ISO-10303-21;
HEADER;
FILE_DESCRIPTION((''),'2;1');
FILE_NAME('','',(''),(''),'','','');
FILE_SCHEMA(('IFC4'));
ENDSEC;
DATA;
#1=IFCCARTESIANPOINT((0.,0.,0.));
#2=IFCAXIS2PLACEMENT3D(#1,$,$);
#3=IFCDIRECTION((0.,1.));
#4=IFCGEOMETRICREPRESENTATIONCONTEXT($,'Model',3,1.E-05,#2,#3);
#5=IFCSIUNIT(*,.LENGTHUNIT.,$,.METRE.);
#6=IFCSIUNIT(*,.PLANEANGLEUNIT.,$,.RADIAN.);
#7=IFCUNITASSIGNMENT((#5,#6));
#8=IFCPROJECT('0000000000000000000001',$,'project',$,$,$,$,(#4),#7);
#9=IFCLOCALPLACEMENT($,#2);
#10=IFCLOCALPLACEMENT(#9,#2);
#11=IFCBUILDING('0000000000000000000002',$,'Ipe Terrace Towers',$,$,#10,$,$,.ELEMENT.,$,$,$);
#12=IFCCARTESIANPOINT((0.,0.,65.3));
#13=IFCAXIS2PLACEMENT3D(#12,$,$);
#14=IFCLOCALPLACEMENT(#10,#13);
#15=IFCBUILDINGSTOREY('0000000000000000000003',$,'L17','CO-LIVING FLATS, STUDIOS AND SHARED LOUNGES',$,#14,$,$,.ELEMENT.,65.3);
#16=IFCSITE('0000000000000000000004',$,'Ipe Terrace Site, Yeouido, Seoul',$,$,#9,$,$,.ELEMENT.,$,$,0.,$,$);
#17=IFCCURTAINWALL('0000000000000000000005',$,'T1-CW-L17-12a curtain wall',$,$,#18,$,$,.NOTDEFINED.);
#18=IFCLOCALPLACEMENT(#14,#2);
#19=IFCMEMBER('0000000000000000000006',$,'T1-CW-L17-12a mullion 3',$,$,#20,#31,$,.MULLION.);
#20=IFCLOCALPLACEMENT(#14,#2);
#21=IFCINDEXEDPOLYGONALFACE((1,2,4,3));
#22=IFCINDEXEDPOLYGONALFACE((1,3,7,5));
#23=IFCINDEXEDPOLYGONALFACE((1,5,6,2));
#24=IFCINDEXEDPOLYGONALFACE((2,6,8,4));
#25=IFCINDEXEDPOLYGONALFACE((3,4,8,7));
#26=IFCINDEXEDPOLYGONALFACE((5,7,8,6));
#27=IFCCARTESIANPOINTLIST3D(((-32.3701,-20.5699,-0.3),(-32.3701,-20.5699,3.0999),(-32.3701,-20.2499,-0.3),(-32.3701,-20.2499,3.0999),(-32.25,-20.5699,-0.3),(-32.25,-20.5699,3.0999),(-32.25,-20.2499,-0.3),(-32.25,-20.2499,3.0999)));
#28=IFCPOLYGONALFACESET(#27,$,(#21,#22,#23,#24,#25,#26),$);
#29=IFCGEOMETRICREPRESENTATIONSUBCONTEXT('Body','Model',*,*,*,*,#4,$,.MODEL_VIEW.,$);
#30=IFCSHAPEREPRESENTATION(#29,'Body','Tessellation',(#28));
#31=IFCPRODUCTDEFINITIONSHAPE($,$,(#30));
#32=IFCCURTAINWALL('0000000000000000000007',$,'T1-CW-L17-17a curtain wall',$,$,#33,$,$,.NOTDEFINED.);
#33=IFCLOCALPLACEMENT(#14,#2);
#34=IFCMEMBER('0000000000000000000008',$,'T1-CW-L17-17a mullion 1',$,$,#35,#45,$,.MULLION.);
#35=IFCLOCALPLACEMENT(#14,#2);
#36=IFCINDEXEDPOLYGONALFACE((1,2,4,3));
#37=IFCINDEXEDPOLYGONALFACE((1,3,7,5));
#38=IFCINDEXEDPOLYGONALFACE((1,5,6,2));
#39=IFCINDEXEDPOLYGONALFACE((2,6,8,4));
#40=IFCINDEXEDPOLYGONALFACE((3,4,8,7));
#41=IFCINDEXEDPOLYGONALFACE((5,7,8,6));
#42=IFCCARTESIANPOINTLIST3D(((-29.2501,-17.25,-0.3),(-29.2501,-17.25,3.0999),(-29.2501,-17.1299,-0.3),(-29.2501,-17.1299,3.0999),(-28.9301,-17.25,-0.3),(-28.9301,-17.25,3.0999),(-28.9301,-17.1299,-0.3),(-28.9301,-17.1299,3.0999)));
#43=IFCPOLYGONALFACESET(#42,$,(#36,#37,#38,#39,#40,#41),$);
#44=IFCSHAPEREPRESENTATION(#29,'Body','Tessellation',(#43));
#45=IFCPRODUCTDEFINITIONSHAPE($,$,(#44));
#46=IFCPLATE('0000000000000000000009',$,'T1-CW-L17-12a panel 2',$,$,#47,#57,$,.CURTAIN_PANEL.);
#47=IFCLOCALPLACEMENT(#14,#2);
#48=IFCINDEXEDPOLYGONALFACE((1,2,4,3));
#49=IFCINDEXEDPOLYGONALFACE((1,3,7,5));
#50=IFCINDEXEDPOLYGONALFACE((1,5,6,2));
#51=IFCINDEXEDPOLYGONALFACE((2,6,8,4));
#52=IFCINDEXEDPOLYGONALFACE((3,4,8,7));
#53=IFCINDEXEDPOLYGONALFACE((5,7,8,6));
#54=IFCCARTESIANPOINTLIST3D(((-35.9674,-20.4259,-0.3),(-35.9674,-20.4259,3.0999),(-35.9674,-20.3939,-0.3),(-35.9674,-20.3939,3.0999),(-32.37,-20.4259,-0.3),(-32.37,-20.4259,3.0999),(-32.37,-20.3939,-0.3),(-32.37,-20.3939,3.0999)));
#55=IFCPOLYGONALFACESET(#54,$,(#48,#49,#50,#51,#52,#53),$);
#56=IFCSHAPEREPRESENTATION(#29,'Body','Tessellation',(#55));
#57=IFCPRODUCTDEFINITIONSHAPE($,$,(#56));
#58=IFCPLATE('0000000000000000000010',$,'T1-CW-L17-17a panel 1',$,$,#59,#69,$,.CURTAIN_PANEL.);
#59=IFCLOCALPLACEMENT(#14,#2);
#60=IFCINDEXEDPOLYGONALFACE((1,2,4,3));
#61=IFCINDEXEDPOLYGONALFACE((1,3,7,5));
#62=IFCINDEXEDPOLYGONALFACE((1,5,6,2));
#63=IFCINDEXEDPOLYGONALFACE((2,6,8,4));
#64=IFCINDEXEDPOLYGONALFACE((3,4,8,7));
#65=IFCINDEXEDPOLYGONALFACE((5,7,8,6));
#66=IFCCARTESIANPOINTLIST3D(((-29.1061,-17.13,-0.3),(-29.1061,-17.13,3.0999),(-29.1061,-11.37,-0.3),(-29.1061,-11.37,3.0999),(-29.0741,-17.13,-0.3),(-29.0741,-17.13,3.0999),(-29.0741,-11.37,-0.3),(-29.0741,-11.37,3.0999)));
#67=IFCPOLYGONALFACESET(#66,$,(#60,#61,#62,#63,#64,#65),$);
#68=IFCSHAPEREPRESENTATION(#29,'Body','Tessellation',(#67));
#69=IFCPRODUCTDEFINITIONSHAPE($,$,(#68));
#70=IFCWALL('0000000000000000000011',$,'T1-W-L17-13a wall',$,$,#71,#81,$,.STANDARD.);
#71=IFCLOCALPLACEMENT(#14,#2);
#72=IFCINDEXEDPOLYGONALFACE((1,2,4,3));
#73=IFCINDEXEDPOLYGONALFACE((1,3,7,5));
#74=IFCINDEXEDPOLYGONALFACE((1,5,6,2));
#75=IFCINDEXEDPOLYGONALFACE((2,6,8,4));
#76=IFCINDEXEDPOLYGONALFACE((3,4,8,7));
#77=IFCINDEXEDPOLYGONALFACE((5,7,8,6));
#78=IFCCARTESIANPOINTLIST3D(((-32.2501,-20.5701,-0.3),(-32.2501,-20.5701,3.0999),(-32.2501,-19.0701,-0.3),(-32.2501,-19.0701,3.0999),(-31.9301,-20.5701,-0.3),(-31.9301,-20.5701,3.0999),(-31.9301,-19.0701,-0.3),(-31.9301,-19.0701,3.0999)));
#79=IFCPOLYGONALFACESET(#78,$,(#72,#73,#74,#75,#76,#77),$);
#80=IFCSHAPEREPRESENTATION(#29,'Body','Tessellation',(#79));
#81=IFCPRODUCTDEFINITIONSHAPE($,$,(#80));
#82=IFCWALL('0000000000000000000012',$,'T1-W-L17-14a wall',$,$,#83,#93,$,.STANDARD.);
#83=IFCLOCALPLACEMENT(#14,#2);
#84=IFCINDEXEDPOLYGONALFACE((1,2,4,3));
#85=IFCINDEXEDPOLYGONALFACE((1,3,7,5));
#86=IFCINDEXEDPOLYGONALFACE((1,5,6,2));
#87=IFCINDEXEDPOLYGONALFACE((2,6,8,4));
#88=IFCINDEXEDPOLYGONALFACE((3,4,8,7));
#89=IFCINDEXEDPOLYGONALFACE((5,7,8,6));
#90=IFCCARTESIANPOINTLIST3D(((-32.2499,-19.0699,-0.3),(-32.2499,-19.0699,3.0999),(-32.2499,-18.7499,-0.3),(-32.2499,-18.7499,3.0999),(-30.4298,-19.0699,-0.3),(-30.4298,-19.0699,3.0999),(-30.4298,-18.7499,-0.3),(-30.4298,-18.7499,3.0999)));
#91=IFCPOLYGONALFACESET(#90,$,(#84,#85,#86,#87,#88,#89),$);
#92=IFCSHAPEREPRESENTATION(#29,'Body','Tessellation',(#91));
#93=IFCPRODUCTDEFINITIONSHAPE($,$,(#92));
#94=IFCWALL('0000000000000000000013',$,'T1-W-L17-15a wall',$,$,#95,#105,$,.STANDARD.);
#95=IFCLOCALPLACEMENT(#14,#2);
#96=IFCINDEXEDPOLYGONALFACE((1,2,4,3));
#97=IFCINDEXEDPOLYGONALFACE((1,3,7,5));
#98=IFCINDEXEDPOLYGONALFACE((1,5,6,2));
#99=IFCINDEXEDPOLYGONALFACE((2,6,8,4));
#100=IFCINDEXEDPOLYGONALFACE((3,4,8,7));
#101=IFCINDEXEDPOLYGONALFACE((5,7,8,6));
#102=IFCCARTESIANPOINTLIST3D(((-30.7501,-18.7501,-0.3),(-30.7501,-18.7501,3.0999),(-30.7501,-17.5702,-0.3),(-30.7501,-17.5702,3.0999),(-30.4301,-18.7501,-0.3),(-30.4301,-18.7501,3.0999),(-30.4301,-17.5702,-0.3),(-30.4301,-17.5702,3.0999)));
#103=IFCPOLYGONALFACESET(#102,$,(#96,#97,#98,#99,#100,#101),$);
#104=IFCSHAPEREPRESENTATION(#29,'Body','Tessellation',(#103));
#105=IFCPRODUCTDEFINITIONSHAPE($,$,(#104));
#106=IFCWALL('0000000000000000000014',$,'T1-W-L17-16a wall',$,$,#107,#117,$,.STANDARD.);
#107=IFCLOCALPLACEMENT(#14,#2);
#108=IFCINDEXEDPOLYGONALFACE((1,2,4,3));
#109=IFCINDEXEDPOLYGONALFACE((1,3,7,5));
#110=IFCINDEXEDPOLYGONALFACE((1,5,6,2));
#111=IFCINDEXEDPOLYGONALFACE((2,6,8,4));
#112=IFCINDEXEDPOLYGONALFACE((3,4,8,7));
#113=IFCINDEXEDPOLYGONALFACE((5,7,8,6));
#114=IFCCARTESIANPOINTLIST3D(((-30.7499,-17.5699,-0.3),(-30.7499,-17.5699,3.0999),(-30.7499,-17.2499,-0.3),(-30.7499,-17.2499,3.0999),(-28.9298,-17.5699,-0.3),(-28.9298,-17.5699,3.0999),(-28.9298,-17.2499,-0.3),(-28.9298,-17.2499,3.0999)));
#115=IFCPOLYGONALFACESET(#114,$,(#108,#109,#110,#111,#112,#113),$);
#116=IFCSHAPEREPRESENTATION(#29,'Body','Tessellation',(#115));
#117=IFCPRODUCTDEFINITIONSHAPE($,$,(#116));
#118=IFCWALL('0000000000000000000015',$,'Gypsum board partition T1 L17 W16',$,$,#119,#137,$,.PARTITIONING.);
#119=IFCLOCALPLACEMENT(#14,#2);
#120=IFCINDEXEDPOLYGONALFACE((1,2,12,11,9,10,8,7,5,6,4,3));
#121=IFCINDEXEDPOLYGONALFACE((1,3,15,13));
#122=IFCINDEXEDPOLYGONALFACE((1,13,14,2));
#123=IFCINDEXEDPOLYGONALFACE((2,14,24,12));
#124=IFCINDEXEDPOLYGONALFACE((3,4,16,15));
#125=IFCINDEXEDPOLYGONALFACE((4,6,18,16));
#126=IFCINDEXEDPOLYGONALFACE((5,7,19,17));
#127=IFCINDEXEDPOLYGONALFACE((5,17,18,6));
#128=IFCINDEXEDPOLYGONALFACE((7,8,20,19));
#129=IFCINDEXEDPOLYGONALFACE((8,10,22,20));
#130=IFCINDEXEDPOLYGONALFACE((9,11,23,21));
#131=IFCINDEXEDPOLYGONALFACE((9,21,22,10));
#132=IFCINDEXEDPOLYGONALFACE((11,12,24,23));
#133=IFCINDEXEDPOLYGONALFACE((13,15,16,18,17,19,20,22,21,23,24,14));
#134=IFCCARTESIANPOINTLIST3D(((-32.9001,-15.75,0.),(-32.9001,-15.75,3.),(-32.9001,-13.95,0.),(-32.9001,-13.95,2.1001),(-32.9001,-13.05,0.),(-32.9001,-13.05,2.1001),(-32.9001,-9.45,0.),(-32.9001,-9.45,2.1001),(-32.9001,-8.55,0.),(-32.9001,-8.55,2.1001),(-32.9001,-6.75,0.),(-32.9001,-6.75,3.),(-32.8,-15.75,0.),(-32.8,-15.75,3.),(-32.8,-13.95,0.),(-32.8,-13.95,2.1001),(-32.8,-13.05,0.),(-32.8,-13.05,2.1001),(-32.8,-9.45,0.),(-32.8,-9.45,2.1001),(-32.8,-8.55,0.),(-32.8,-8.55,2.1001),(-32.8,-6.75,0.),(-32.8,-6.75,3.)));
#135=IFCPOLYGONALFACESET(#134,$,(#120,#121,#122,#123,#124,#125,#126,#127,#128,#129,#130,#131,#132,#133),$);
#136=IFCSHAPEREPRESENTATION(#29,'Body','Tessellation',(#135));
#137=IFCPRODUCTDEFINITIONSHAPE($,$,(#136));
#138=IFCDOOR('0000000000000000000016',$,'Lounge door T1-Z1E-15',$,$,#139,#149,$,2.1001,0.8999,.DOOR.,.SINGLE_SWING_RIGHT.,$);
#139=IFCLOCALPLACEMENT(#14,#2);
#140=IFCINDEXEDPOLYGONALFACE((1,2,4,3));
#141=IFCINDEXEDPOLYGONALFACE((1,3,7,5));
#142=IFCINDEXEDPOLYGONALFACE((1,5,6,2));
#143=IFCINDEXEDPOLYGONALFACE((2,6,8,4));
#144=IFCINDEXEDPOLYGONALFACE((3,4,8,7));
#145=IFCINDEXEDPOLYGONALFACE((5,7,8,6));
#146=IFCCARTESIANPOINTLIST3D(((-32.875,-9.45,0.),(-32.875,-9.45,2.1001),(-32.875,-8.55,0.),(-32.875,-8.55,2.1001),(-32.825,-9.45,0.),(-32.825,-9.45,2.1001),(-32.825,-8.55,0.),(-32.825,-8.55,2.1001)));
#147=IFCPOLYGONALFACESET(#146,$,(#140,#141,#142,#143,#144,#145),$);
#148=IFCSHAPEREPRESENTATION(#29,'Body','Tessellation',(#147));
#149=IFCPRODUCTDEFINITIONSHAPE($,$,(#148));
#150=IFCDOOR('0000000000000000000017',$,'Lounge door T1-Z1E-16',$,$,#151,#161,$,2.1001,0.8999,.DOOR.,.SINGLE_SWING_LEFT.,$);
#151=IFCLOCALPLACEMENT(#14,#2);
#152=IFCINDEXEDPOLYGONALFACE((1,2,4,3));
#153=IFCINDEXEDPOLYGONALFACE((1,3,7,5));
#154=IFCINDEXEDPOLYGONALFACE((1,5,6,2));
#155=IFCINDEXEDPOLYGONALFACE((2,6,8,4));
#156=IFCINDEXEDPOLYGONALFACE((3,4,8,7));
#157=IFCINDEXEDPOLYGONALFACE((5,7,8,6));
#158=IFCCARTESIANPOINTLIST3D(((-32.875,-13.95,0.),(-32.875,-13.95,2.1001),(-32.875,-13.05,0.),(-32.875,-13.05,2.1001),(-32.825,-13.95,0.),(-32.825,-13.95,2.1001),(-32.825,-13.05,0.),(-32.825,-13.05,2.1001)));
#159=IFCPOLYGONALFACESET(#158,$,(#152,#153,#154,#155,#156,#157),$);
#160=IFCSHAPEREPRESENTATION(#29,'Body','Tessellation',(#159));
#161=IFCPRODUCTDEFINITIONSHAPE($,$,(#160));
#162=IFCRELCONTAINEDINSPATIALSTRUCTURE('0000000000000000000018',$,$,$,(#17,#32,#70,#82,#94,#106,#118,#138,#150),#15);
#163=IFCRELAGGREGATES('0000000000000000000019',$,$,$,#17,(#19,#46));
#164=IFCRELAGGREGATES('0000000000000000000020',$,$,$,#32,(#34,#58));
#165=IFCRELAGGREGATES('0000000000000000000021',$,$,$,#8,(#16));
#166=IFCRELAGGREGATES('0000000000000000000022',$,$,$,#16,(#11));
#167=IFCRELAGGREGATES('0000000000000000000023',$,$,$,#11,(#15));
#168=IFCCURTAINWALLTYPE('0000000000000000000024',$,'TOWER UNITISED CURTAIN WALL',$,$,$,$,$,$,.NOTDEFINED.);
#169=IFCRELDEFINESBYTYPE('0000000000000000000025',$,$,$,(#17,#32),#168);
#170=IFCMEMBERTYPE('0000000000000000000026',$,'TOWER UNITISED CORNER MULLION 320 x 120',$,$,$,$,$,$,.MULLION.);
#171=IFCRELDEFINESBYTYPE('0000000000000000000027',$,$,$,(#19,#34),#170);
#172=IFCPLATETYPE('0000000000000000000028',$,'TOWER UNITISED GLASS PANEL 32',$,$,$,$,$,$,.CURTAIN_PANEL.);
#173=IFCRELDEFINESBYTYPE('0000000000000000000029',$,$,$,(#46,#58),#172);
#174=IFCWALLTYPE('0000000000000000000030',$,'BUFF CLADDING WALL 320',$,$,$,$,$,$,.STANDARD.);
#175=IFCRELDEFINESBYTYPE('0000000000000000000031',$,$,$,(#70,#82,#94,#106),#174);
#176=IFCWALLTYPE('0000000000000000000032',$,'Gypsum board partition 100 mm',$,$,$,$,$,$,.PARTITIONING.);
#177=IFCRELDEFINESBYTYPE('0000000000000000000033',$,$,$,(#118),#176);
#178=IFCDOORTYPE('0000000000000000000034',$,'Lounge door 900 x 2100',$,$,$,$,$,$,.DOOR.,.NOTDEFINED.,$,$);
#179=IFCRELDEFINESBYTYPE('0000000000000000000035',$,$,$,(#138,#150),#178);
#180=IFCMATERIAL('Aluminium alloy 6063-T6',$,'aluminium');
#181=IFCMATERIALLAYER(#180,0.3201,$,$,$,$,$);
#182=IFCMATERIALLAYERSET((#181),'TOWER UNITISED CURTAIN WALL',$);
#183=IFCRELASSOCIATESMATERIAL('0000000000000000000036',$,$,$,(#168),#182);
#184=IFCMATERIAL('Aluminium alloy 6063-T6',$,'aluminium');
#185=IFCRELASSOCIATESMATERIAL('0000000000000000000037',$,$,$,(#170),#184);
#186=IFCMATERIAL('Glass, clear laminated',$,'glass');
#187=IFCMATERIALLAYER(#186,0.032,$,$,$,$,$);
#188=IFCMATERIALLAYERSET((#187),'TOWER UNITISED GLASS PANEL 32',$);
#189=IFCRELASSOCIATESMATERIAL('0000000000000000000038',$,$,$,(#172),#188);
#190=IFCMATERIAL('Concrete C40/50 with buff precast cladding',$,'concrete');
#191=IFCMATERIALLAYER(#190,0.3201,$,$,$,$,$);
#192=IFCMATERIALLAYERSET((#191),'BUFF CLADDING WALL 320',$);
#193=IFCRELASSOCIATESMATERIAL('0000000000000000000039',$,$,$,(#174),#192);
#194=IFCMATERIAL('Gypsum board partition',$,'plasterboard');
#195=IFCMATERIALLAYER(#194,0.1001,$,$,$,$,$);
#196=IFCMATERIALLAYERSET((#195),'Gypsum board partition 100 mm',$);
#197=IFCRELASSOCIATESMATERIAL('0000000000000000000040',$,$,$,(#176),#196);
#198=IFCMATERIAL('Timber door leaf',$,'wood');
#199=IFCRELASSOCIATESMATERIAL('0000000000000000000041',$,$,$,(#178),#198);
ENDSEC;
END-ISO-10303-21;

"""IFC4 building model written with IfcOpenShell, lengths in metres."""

from ifc_helpers import new_model, si_unit, direction, frame, frame_2d, origin, origin_2d, place, context, subcontext, project, spatial, rectangle, extrude, material, layer, layer_set, material_profile, profile_set, type_object, element, fill, aggregate, save


model = new_model("IFC4")

# Units and contexts
model_context = context("Model", 3, precision=1e-05, world=origin(), true_north=direction((0.0, 1.0)))
body_context = subcontext(model_context, "Body", "Model", "MODEL_VIEW")
ifc_project = project(units=[si_unit("LENGTHUNIT", "METRE"), si_unit("PLANEANGLEUNIT", "RADIAN")], contexts=[model_context])

# Site, building, storey
site_placement = place(None, origin())
site = spatial("IfcSite", under=ifc_project, at=site_placement, Name="Ipe Terrace Site, Yeouido, Seoul", CompositionType="ELEMENT", RefElevation=0.0)
building_placement = place(site_placement, origin())
building = spatial("IfcBuilding", under=site, at=building_placement, Name="Ipe Terrace Towers", CompositionType="ELEMENT")
storey_placement = place(building_placement, frame((0.0, 0.0, 65.3)))
storey = spatial("IfcBuildingStorey", under=building, at=storey_placement, Name="L17", Description="CO-LIVING FLATS, STUDIOS AND SHARED LOUNGES", CompositionType="ELEMENT", Elevation=65.3)

# Curtain walls, members
ifc_material_1 = material(Name="Aluminium alloy 6063-T6", Category="aluminium")
ifc_layer_1 = layer(ifc_material_1, 0.3201)
ifc_layer_set_1 = layer_set([ifc_layer_1], Name="TOWER UNITISED CURTAIN WALL")
curtain_wall_type = type_object("IfcCurtainWallType", Name="TOWER UNITISED CURTAIN WALL", PredefinedType="NOTDEFINED", material=ifc_layer_set_1)
curtain_wall_1_placement = place(storey_placement, origin())
curtain_wall_1 = element("IfcCurtainWall", 1, at=curtain_wall_1_placement, inside=storey, type_object=curtain_wall_type, Name="T1-CW-L17-12a curtain wall", PredefinedType="NOTDEFINED")
ifc_material_2 = material(Name="Aluminium alloy 6063-T6", Category="aluminium")
ifc_material_profile_1 = material_profile(ifc_material_2, rectangle(XDim=0.3201, YDim=0.1201, at=origin_2d()), Name="TOWER UNITISED CORNER MULLION 320 x 120")
ifc_profile_set_1 = profile_set([ifc_material_profile_1], Name="Aluminium alloy 6063-T6")
member_type = type_object("IfcMemberType", Name="TOWER UNITISED CORNER MULLION 320 x 120", PredefinedType="MULLION", material=ifc_profile_set_1)
member_1_placement = place(storey_placement, frame((-32.3101, -20.4099, -0.3), z_axis=(0.0, 0.0, 1.0), x_axis=(0.0, -1.0, 0.0)))
member_1 = element("IfcMember", 2, at=member_1_placement, type_object=member_type, Name="T1-CW-L17-12a mullion 3", PredefinedType="MULLION", context=body_context, shape_type="SweptSolid", body=[
    extrude(rectangle(XDim=0.3201, YDim=0.1201, at=origin_2d()), origin(), (0.0, 0.0, 1.0), 3.3999),
])
curtain_wall_2_placement = place(storey_placement, origin())
curtain_wall_2 = element("IfcCurtainWall", 3, at=curtain_wall_2_placement, inside=storey, type_object=curtain_wall_type, Name="T1-CW-L17-17a curtain wall", PredefinedType="NOTDEFINED")
member_2_placement = place(storey_placement, frame((-29.0901, -17.1899, -0.3), z_axis=(0.0, 0.0, 1.0), x_axis=(1.0, 0.0, 0.0)))
member_2 = element("IfcMember", 4, at=member_2_placement, type_object=member_type, Name="T1-CW-L17-17a mullion 1", PredefinedType="MULLION", context=body_context, shape_type="SweptSolid", body=[
    extrude(rectangle(XDim=0.3201, YDim=0.1201, at=origin_2d()), origin(), (0.0, 0.0, 1.0), 3.3999),
])

# Plates
ifc_material_3 = material(Name="Glass, clear laminated", Category="glass")
ifc_layer_2 = layer(ifc_material_3, 0.032)
ifc_layer_set_2 = layer_set([ifc_layer_2], Name="TOWER UNITISED GLASS PANEL 32")
plate_type = type_object("IfcPlateType", Name="TOWER UNITISED GLASS PANEL 32", PredefinedType="CURTAIN_PANEL", material=ifc_layer_set_2)
plate_1_placement = place(storey_placement, frame((-34.1687, -20.4099, -0.3), z_axis=(0.0, 0.0, 1.0), x_axis=(1.0, 0.0, 0.0)))
plate_1 = element("IfcPlate", 5, at=plate_1_placement, type_object=plate_type, Name="T1-CW-L17-12a panel 2", PredefinedType="CURTAIN_PANEL", context=body_context, shape_type="SweptSolid", body=[
    extrude(rectangle(XDim=3.5974, YDim=0.032, at=origin_2d()), origin(), (0.0, 0.0, 1.0), 3.3999),
])
aggregate(curtain_wall_1, [member_1, plate_1])
plate_2_placement = place(storey_placement, frame((-29.0901, -14.25, -0.3), z_axis=(0.0, 0.0, 1.0), x_axis=(0.0, 1.0, 0.0)))
plate_2 = element("IfcPlate", 6, at=plate_2_placement, type_object=plate_type, Name="T1-CW-L17-17a panel 1", PredefinedType="CURTAIN_PANEL", context=body_context, shape_type="SweptSolid", body=[
    extrude(rectangle(XDim=5.76, YDim=0.032, at=origin_2d()), origin(), (0.0, 0.0, 1.0), 3.3999),
])
aggregate(curtain_wall_2, [member_2, plate_2])

# Walls
ifc_material_4 = material(Name="Concrete C40/50 with buff precast cladding", Category="concrete")
ifc_layer_3 = layer(ifc_material_4, 0.3201)
ifc_layer_set_3 = layer_set([ifc_layer_3], Name="BUFF CLADDING WALL 320")
wall_type_1 = type_object("IfcWallType", Name="BUFF CLADDING WALL 320", PredefinedType="STANDARD", material=ifc_layer_set_3)
wall_1_placement = place(storey_placement, frame((-32.0901, -20.5701, -0.3), z_axis=(0.0, 0.0, 1.0), x_axis=(0.0, 1.0, 0.0)))
element("IfcWall", 7, at=wall_1_placement, inside=storey, type_object=wall_type_1, Name="T1-W-L17-13a wall", PredefinedType="STANDARD", context=body_context, shape_type="SweptSolid", body=[
    extrude(rectangle(XDim=1.5, YDim=0.3201, at=frame_2d((0.75, 0.0))), origin(), (0.0, 0.0, 1.0), 3.3999),
])
wall_2_placement = place(storey_placement, frame((-32.25, -18.9099, -0.3), z_axis=(0.0, 0.0, 1.0), x_axis=(1.0, 0.0, 0.0)))
element("IfcWall", 8, at=wall_2_placement, inside=storey, type_object=wall_type_1, Name="T1-W-L17-14a wall", PredefinedType="STANDARD", context=body_context, shape_type="SweptSolid", body=[
    extrude(rectangle(XDim=1.8201, YDim=0.3201, at=frame_2d((0.9102, 0.0))), origin(), (0.0, 0.0, 1.0), 3.3999),
])
wall_3_placement = place(storey_placement, frame((-30.5901, -18.75, -0.3), z_axis=(0.0, 0.0, 1.0), x_axis=(0.0, 1.0, 0.0)))
element("IfcWall", 9, at=wall_3_placement, inside=storey, type_object=wall_type_1, Name="T1-W-L17-15a wall", PredefinedType="STANDARD", context=body_context, shape_type="SweptSolid", body=[
    extrude(rectangle(XDim=1.1799, YDim=0.3201, at=frame_2d((0.5898, 0.0))), origin(), (0.0, 0.0, 1.0), 3.3999),
])
wall_4_placement = place(storey_placement, frame((-30.75, -17.4099, -0.3), z_axis=(0.0, 0.0, 1.0), x_axis=(1.0, 0.0, 0.0)))
element("IfcWall", 10, at=wall_4_placement, inside=storey, type_object=wall_type_1, Name="T1-W-L17-16a wall", PredefinedType="STANDARD", context=body_context, shape_type="SweptSolid", body=[
    extrude(rectangle(XDim=1.8201, YDim=0.3201, at=frame_2d((0.9102, 0.0))), origin(), (0.0, 0.0, 1.0), 3.3999),
])

# Wall, openings, doors
ifc_material_5 = material(Name="Gypsum board partition", Category="plasterboard")
ifc_layer_4 = layer(ifc_material_5, 0.1001)
ifc_layer_set_4 = layer_set([ifc_layer_4], Name="Gypsum board partition 100 mm")
wall_type_2 = type_object("IfcWallType", Name="Gypsum board partition 100 mm", PredefinedType="PARTITIONING", material=ifc_layer_set_4)
wall_5_placement = place(storey_placement, frame((-32.8501, -15.75, 0.0), z_axis=(0.0, 0.0, 1.0), x_axis=(0.0, 1.0, 0.0)))
wall_5 = element("IfcWall", 11, at=wall_5_placement, inside=storey, type_object=wall_type_2, Name="Gypsum board partition T1 L17 W16", PredefinedType="PARTITIONING", context=body_context, shape_type="SweptSolid", body=[
    extrude(rectangle(XDim=9.0, YDim=0.1001, at=frame_2d((4.5, 0.0))), origin(), (0.0, 0.0, 1.0), 3.0),
])
opening_1_placement = place(wall_5_placement, frame((6.3, 0.0, 0.0)))
opening_1 = element("IfcOpeningElement", 12, at=opening_1_placement, cuts=wall_5, PredefinedType="OPENING", context=body_context, shape_type="SweptSolid", body=[
    extrude(rectangle(XDim=0.8999, YDim=2.1001, at=frame_2d((0.45, 1.05))), frame((0.0, 0.0601, 0.0), z_axis=(0.0, -1.0, 0.0), x_axis=(1.0, 0.0, 0.0)), (0.0, 0.0, 1.0), 0.1201),
])
opening_2_placement = place(wall_5_placement, frame((1.8, 0.0, 0.0)))
opening_2 = element("IfcOpeningElement", 13, at=opening_2_placement, cuts=wall_5, PredefinedType="OPENING", context=body_context, shape_type="SweptSolid", body=[
    extrude(rectangle(XDim=0.8999, YDim=2.1001, at=frame_2d((0.45, 1.05))), frame((0.0, 0.0601, 0.0), z_axis=(0.0, -1.0, 0.0), x_axis=(1.0, 0.0, 0.0)), (0.0, 0.0, 1.0), 0.1201),
])
ifc_material_6 = material(Name="Timber door leaf", Category="wood")
door_type_1 = type_object("IfcDoorType", Name="Lounge door 900 x 2100", OperationType="NOTDEFINED", PredefinedType="DOOR", material=ifc_material_6)
door_1_placement = place(opening_1_placement, origin())
door_1 = element("IfcDoor", 14, at=door_1_placement, inside=storey, type_object=door_type_1, Name="Lounge door T1-Z1E-15", OperationType="SINGLE_SWING_RIGHT", OverallHeight=2.1001, OverallWidth=0.8999, PredefinedType="DOOR", context=body_context, shape_type="SweptSolid", body=[
    extrude(rectangle(XDim=0.8999, YDim=2.1001, at=frame_2d((0.45, 1.05))), frame((0.0, 0.0249, 0.0), z_axis=(0.0, -1.0, 0.0), x_axis=(1.0, 0.0, 0.0)), (0.0, 0.0, 1.0), 0.05),
])
fill(opening_1, door_1)
door_2_placement = place(opening_2_placement, origin())
door_2 = element("IfcDoor", 15, at=door_2_placement, inside=storey, type_object=door_type_1, Name="Lounge door T1-Z1E-16", OperationType="SINGLE_SWING_LEFT", OverallHeight=2.1001, OverallWidth=0.8999, PredefinedType="DOOR", context=body_context, shape_type="SweptSolid", body=[
    extrude(rectangle(XDim=0.8999, YDim=2.1001, at=frame_2d((0.45, 1.05))), frame((0.0, 0.0249, 0.0), z_axis=(0.0, -1.0, 0.0), x_axis=(1.0, 0.0, 0.0)), (0.0, 0.0, 1.0), 0.05),
])
fill(opening_2, door_2)

save(model, "model.ifc")
